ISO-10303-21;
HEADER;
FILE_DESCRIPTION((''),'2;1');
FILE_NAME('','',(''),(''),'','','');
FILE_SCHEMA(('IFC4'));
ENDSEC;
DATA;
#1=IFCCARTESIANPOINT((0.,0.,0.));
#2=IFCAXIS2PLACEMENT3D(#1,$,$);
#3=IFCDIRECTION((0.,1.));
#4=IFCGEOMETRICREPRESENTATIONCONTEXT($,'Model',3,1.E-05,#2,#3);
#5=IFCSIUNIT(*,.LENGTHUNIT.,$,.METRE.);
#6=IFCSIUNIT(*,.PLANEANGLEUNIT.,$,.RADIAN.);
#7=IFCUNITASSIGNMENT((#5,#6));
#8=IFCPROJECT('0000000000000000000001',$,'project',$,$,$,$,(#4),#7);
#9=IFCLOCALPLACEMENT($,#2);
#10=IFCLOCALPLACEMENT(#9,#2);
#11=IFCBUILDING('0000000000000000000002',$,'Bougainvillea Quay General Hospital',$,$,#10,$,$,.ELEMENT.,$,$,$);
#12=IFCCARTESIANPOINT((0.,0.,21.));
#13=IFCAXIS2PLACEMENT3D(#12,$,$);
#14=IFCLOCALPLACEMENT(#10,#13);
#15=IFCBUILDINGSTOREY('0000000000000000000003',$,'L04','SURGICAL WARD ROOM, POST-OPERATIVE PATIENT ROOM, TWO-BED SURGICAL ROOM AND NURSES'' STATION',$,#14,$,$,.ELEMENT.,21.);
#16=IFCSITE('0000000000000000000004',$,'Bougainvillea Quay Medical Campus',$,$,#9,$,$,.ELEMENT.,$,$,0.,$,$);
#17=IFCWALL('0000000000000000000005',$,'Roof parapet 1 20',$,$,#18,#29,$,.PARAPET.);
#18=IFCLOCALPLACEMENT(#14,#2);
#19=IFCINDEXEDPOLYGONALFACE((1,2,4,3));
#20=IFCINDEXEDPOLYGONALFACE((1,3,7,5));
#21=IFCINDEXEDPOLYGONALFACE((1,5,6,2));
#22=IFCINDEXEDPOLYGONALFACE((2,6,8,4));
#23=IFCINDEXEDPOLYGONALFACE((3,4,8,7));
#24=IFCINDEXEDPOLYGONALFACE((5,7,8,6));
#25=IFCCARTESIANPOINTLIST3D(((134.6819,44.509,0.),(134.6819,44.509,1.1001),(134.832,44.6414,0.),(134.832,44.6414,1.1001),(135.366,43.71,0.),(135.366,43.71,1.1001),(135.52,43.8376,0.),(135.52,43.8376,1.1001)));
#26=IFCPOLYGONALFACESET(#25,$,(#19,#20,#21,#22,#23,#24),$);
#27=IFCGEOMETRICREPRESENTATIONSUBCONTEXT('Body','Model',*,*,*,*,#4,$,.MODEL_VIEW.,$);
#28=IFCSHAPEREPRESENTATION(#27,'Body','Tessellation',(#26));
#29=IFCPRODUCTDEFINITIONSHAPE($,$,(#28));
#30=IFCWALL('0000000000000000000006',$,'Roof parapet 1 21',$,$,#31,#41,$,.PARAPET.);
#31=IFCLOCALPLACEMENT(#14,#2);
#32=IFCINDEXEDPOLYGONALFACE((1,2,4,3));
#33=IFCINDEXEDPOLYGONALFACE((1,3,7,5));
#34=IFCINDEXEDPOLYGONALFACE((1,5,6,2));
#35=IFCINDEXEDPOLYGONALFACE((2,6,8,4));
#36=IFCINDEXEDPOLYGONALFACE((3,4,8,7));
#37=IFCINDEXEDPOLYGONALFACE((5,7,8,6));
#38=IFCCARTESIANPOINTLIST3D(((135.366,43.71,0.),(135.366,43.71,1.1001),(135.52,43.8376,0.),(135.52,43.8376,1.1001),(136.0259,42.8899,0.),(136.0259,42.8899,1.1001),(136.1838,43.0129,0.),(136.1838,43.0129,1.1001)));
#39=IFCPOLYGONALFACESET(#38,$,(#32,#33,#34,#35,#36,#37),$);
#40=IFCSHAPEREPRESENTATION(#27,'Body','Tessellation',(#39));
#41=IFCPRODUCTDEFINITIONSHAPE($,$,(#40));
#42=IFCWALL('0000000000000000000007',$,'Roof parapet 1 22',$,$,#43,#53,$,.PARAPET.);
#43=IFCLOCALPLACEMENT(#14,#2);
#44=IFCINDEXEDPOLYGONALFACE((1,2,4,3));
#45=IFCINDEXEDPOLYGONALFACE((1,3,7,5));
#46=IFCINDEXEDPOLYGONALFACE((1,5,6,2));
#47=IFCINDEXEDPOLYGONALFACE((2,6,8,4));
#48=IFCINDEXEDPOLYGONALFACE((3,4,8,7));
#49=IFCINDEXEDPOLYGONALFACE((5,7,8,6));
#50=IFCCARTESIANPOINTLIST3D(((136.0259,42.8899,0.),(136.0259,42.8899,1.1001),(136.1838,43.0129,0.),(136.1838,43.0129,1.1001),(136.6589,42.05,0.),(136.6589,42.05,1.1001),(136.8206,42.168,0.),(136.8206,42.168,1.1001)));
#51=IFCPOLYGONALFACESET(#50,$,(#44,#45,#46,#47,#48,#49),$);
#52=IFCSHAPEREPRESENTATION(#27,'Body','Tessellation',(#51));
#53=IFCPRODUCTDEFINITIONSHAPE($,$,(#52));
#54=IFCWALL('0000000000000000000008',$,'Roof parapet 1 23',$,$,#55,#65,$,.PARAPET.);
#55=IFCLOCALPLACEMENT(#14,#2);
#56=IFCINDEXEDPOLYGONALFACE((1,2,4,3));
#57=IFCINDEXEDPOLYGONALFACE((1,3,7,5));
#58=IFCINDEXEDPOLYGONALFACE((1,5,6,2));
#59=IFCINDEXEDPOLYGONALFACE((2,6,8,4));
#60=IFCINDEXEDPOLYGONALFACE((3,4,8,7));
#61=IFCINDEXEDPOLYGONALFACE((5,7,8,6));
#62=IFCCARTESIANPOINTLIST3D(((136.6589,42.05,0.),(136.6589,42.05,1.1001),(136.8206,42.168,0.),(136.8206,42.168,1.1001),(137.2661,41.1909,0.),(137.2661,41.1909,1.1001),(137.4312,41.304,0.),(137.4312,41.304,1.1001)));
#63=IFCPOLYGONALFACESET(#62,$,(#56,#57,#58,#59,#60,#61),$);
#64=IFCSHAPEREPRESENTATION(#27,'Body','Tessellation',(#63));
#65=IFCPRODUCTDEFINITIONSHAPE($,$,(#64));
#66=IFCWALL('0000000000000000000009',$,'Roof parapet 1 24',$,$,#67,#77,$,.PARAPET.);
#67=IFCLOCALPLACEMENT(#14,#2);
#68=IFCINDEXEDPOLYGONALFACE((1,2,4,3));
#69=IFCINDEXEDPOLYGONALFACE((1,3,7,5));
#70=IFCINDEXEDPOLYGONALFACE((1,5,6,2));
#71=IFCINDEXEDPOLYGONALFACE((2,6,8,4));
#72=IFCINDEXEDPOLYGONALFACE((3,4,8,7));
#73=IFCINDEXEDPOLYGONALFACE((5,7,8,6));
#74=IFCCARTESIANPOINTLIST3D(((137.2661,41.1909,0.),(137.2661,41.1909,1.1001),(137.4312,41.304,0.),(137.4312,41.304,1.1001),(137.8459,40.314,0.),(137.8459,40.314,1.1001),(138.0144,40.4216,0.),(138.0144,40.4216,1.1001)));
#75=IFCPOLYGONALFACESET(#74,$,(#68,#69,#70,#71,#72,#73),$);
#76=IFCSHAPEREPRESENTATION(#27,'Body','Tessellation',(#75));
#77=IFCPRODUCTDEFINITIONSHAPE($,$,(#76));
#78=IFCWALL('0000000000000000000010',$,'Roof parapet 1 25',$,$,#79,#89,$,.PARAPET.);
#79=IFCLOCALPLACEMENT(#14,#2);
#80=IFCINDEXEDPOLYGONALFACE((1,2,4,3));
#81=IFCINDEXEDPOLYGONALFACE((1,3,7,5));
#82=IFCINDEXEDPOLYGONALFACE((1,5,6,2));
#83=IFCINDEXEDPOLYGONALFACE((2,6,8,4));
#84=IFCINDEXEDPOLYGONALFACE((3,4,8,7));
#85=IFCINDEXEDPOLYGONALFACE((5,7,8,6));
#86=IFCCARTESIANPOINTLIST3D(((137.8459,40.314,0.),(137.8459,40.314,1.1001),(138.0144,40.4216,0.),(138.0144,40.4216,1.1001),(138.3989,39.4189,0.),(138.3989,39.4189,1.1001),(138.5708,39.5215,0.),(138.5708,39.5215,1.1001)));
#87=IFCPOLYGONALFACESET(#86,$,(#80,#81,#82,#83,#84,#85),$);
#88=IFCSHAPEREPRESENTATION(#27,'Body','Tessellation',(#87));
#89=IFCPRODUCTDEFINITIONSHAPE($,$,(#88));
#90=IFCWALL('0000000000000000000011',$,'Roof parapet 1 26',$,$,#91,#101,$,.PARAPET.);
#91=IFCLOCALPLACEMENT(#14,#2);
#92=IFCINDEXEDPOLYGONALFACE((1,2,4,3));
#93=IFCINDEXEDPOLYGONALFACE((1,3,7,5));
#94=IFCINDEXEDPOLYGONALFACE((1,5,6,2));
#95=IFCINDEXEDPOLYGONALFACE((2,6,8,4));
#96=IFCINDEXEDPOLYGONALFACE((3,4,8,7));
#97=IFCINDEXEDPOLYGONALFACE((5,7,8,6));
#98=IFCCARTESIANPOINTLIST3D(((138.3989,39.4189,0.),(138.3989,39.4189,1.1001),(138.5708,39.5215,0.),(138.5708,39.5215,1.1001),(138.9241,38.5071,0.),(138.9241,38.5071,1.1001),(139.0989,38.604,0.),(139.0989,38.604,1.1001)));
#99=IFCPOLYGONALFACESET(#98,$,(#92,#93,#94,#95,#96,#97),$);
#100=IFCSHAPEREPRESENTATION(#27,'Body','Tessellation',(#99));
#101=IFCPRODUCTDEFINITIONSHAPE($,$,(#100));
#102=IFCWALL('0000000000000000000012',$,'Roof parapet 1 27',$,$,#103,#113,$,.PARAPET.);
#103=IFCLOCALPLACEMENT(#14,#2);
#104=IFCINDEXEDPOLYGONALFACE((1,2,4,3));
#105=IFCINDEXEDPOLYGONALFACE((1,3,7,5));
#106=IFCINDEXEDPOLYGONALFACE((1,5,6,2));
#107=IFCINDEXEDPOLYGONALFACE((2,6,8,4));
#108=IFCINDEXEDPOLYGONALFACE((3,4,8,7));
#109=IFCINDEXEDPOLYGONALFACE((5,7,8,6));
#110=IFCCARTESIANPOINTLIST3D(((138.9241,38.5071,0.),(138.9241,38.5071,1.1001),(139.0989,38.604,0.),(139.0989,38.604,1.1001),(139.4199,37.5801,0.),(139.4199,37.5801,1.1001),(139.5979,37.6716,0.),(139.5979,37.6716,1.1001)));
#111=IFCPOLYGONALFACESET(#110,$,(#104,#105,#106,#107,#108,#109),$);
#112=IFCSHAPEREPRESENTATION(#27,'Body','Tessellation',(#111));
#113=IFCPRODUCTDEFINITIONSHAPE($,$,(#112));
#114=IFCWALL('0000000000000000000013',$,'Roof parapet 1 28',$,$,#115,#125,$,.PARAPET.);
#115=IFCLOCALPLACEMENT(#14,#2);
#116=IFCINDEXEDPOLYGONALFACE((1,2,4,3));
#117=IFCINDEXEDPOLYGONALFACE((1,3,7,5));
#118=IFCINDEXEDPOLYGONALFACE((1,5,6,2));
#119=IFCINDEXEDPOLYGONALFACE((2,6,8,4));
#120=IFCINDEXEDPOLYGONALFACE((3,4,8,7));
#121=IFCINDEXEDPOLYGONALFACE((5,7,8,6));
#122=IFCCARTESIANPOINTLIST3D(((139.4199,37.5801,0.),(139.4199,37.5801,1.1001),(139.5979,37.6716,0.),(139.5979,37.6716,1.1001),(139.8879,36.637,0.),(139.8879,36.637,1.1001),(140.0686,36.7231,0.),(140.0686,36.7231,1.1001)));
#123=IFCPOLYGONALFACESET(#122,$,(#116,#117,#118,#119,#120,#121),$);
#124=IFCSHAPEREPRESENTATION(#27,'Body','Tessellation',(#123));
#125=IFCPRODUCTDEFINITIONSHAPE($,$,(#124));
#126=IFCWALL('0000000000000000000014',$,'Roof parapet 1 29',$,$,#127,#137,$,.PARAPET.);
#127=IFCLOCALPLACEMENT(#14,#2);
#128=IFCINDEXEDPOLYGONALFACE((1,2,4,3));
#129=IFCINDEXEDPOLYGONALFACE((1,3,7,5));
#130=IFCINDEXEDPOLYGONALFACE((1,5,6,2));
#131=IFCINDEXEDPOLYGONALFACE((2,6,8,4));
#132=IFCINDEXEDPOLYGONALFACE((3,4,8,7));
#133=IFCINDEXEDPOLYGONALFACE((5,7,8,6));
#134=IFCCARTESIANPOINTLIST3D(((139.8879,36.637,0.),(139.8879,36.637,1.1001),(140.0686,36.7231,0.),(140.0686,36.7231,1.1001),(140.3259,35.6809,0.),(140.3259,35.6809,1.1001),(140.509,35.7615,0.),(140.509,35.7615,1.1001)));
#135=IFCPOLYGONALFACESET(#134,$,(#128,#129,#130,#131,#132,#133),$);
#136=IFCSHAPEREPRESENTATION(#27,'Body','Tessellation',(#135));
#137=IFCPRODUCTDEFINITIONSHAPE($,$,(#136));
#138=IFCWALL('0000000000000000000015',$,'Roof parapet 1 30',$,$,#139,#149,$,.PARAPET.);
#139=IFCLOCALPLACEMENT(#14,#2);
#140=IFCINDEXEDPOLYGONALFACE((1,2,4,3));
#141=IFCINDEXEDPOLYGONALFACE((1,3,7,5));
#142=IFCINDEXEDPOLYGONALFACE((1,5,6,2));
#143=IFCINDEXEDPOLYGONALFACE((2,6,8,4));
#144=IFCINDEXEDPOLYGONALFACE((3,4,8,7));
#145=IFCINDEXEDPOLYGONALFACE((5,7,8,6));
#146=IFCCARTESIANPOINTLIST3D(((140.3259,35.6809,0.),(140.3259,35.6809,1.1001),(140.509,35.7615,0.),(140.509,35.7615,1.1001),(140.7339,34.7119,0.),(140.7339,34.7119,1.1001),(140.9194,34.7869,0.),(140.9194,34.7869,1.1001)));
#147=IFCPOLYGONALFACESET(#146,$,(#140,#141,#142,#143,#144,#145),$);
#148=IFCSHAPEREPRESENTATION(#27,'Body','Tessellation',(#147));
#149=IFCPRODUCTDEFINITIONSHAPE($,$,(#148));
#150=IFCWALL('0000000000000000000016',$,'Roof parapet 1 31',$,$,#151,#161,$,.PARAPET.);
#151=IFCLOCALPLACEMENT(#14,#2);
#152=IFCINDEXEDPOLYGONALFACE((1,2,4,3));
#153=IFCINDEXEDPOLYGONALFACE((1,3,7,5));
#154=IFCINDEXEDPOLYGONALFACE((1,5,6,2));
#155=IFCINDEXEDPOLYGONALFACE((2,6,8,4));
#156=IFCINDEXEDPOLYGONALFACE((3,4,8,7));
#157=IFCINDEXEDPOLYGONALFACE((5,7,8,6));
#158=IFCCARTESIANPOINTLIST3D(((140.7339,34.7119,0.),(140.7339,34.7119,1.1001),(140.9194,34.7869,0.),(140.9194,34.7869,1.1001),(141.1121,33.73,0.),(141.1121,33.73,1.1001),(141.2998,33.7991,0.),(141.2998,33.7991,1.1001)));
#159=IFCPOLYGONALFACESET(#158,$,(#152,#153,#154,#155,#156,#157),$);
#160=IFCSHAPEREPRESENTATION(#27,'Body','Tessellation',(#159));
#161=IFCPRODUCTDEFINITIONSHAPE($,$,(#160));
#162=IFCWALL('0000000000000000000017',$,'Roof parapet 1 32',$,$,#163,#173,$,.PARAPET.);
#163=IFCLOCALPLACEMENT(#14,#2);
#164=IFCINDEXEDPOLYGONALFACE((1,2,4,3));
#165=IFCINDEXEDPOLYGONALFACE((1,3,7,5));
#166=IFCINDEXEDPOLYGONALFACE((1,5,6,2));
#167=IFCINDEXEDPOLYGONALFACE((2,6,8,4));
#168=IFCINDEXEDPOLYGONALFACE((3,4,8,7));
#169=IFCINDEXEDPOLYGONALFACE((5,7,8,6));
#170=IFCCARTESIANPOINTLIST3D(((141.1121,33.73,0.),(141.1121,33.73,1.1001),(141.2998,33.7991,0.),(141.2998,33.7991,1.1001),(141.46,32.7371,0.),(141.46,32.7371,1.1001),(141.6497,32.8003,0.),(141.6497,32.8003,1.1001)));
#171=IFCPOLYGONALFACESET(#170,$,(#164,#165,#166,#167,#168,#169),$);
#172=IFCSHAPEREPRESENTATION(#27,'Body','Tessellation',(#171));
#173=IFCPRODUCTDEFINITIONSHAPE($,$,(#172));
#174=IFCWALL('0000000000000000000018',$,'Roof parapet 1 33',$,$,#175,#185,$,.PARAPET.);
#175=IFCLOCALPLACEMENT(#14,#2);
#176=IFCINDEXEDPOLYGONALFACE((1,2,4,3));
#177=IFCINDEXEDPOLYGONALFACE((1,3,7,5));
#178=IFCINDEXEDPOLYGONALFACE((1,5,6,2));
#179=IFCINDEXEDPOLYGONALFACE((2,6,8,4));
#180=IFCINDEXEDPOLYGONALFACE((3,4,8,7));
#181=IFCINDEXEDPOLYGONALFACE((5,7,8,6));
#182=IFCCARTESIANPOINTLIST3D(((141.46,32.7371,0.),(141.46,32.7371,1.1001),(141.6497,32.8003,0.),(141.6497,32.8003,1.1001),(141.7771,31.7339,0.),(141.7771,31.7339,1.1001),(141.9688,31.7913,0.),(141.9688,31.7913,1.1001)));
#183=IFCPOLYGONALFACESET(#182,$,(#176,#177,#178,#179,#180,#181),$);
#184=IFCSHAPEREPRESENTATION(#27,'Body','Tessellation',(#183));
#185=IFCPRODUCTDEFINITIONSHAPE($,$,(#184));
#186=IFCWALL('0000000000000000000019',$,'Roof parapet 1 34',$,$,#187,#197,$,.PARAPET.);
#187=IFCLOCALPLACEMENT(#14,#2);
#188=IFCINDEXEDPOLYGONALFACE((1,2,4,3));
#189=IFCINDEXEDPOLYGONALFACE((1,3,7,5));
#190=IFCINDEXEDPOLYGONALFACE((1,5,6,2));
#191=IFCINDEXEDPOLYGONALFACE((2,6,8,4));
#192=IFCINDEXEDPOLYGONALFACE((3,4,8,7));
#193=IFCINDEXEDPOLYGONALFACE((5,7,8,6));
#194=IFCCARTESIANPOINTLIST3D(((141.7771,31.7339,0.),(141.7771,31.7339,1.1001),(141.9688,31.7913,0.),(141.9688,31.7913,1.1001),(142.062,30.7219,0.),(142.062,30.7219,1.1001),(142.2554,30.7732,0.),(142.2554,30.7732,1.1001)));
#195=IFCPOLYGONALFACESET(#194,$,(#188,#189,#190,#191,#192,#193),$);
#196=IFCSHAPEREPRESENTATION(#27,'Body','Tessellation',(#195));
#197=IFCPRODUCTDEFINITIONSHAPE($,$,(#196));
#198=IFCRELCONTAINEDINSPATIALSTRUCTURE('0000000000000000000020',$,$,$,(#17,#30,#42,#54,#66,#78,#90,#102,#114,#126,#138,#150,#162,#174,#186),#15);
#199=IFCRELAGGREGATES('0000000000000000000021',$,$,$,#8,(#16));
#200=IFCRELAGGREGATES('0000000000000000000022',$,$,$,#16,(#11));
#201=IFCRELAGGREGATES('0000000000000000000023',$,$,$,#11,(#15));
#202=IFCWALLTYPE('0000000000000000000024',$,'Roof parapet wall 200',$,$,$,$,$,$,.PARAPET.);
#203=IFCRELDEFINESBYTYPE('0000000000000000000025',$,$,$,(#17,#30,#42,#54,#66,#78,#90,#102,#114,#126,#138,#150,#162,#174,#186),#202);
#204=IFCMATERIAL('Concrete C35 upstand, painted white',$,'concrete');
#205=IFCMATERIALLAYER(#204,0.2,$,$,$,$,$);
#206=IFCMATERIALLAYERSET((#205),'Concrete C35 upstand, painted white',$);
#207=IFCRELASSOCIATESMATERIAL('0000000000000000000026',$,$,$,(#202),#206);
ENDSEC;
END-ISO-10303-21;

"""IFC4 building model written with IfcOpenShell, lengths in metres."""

from ifc_helpers import new_model, si_unit, direction, frame, origin, place, context, subcontext, project, spatial, polyline, outline, extrude, material, layer, layer_set, type_object, element, save


model = new_model("IFC4")

# Units and contexts
model_context = context("Model", 3, precision=1e-05, world=origin(), true_north=direction((0.0, 1.0)))
body_context = subcontext(model_context, "Body", "Model", "MODEL_VIEW")
ifc_project = project(units=[si_unit("LENGTHUNIT", "METRE"), si_unit("PLANEANGLEUNIT", "RADIAN")], contexts=[model_context])

# Site, building, storey
site_placement = place(None, origin())
site = spatial("IfcSite", under=ifc_project, at=site_placement, Name="Bougainvillea Quay Medical Campus", CompositionType="ELEMENT", RefElevation=0.0)
building_placement = place(site_placement, origin())
building = spatial("IfcBuilding", under=site, at=building_placement, Name="Bougainvillea Quay General Hospital", CompositionType="ELEMENT")
storey_placement = place(building_placement, frame((0.0, 0.0, 21.0)))
storey = spatial("IfcBuildingStorey", under=building, at=storey_placement, Name="L04", Description="SURGICAL WARD ROOM, POST-OPERATIVE PATIENT ROOM, TWO-BED SURGICAL ROOM AND NURSES' STATION", CompositionType="ELEMENT", Elevation=21.0)

# Walls
ifc_material = material(Name="Concrete C35 upstand, painted white", Category="concrete")
ifc_layer = layer(ifc_material, 0.2)
ifc_layer_set = layer_set([ifc_layer], Name="Concrete C35 upstand, painted white")
wall_type = type_object("IfcWallType", Name="Roof parapet wall 200", PredefinedType="PARAPET", material=ifc_layer_set)
wall_1_placement = place(storey_placement, origin())
element("IfcWall", 1, at=wall_1_placement, inside=storey, type_object=wall_type, Name="Roof parapet 1 20", PredefinedType="PARAPET", context=body_context, shape_type="SweptSolid", body=[
    extrude(outline(polyline([(135.52, 43.8376), (135.366, 43.71), (134.6819, 44.509), (134.832, 44.6414), (135.52, 43.8376)])), origin(), (0.0, 0.0, 1.0), 1.1001),
])
wall_2_placement = place(storey_placement, origin())
element("IfcWall", 2, at=wall_2_placement, inside=storey, type_object=wall_type, Name="Roof parapet 1 21", PredefinedType="PARAPET", context=body_context, shape_type="SweptSolid", body=[
    extrude(outline(polyline([(136.1838, 43.0129), (136.0259, 42.8899), (135.366, 43.71), (135.52, 43.8376), (136.1838, 43.0129)])), origin(), (0.0, 0.0, 1.0), 1.1001),
])
wall_3_placement = place(storey_placement, origin())
element("IfcWall", 3, at=wall_3_placement, inside=storey, type_object=wall_type, Name="Roof parapet 1 22", PredefinedType="PARAPET", context=body_context, shape_type="SweptSolid", body=[
    extrude(outline(polyline([(136.8206, 42.168), (136.6589, 42.05), (136.0259, 42.8899), (136.1838, 43.0129), (136.8206, 42.168)])), origin(), (0.0, 0.0, 1.0), 1.1001),
])
wall_4_placement = place(storey_placement, origin())
element("IfcWall", 4, at=wall_4_placement, inside=storey, type_object=wall_type, Name="Roof parapet 1 23", PredefinedType="PARAPET", context=body_context, shape_type="SweptSolid", body=[
    extrude(outline(polyline([(137.4312, 41.304), (137.2661, 41.1909), (136.6589, 42.05), (136.8206, 42.168), (137.4312, 41.304)])), origin(), (0.0, 0.0, 1.0), 1.1001),
])
wall_5_placement = place(storey_placement, origin())
element("IfcWall", 5, at=wall_5_placement, inside=storey, type_object=wall_type, Name="Roof parapet 1 24", PredefinedType="PARAPET", context=body_context, shape_type="SweptSolid", body=[
    extrude(outline(polyline([(138.0144, 40.4216), (137.8459, 40.314), (137.2661, 41.1909), (137.4312, 41.304), (138.0144, 40.4216)])), origin(), (0.0, 0.0, 1.0), 1.1001),
])
wall_6_placement = place(storey_placement, origin())
element("IfcWall", 6, at=wall_6_placement, inside=storey, type_object=wall_type, Name="Roof parapet 1 25", PredefinedType="PARAPET", context=body_context, shape_type="SweptSolid", body=[
    extrude(outline(polyline([(138.5708, 39.5215), (138.3989, 39.4189), (137.8459, 40.314), (138.0144, 40.4216), (138.5708, 39.5215)])), origin(), (0.0, 0.0, 1.0), 1.1001),
])
wall_7_placement = place(storey_placement, origin())
element("IfcWall", 7, at=wall_7_placement, inside=storey, type_object=wall_type, Name="Roof parapet 1 26", PredefinedType="PARAPET", context=body_context, shape_type="SweptSolid", body=[
    extrude(outline(polyline([(139.0989, 38.604), (138.9241, 38.5071), (138.3989, 39.4189), (138.5708, 39.5215), (139.0989, 38.604)])), origin(), (0.0, 0.0, 1.0), 1.1001),
])
wall_8_placement = place(storey_placement, origin())
element("IfcWall", 8, at=wall_8_placement, inside=storey, type_object=wall_type, Name="Roof parapet 1 27", PredefinedType="PARAPET", context=body_context, shape_type="SweptSolid", body=[
    extrude(outline(polyline([(139.5979, 37.6716), (139.4199, 37.5801), (138.9241, 38.5071), (139.0989, 38.604), (139.5979, 37.6716)])), origin(), (0.0, 0.0, 1.0), 1.1001),
])
wall_9_placement = place(storey_placement, origin())
element("IfcWall", 9, at=wall_9_placement, inside=storey, type_object=wall_type, Name="Roof parapet 1 28", PredefinedType="PARAPET", context=body_context, shape_type="SweptSolid", body=[
    extrude(outline(polyline([(140.0686, 36.7231), (139.8879, 36.637), (139.4199, 37.5801), (139.5979, 37.6716), (140.0686, 36.7231)])), origin(), (0.0, 0.0, 1.0), 1.1001),
])
wall_10_placement = place(storey_placement, origin())
element("IfcWall", 10, at=wall_10_placement, inside=storey, type_object=wall_type, Name="Roof parapet 1 29", PredefinedType="PARAPET", context=body_context, shape_type="SweptSolid", body=[
    extrude(outline(polyline([(140.509, 35.7615), (140.3259, 35.6809), (139.8879, 36.637), (140.0686, 36.7231), (140.509, 35.7615)])), origin(), (0.0, 0.0, 1.0), 1.1001),
])
wall_11_placement = place(storey_placement, origin())
element("IfcWall", 11, at=wall_11_placement, inside=storey, type_object=wall_type, Name="Roof parapet 1 30", PredefinedType="PARAPET", context=body_context, shape_type="SweptSolid", body=[
    extrude(outline(polyline([(140.9194, 34.7869), (140.7339, 34.7119), (140.3259, 35.6809), (140.509, 35.7615), (140.9194, 34.7869)])), origin(), (0.0, 0.0, 1.0), 1.1001),
])
wall_12_placement = place(storey_placement, origin())
element("IfcWall", 12, at=wall_12_placement, inside=storey, type_object=wall_type, Name="Roof parapet 1 31", PredefinedType="PARAPET", context=body_context, shape_type="SweptSolid", body=[
    extrude(outline(polyline([(141.2998, 33.7991), (141.1121, 33.73), (140.7339, 34.7119), (140.9194, 34.7869), (141.2998, 33.7991)])), origin(), (0.0, 0.0, 1.0), 1.1001),
])
wall_13_placement = place(storey_placement, origin())
element("IfcWall", 13, at=wall_13_placement, inside=storey, type_object=wall_type, Name="Roof parapet 1 32", PredefinedType="PARAPET", context=body_context, shape_type="SweptSolid", body=[
    extrude(outline(polyline([(141.6497, 32.8003), (141.46, 32.7371), (141.1121, 33.73), (141.2998, 33.7991), (141.6497, 32.8003)])), origin(), (0.0, 0.0, 1.0), 1.1001),
])
wall_14_placement = place(storey_placement, origin())
element("IfcWall", 14, at=wall_14_placement, inside=storey, type_object=wall_type, Name="Roof parapet 1 33", PredefinedType="PARAPET", context=body_context, shape_type="SweptSolid", body=[
    extrude(outline(polyline([(141.9688, 31.7913), (141.7771, 31.7339), (141.46, 32.7371), (141.6497, 32.8003), (141.9688, 31.7913)])), origin(), (0.0, 0.0, 1.0), 1.1001),
])
wall_15_placement = place(storey_placement, origin())
element("IfcWall", 15, at=wall_15_placement, inside=storey, type_object=wall_type, Name="Roof parapet 1 34", PredefinedType="PARAPET", context=body_context, shape_type="SweptSolid", body=[
    extrude(outline(polyline([(142.2554, 30.7732), (142.062, 30.7219), (141.7771, 31.7339), (141.9688, 31.7913), (142.2554, 30.7732)])), origin(), (0.0, 0.0, 1.0), 1.1001),
])

save(model, "model.ifc")
